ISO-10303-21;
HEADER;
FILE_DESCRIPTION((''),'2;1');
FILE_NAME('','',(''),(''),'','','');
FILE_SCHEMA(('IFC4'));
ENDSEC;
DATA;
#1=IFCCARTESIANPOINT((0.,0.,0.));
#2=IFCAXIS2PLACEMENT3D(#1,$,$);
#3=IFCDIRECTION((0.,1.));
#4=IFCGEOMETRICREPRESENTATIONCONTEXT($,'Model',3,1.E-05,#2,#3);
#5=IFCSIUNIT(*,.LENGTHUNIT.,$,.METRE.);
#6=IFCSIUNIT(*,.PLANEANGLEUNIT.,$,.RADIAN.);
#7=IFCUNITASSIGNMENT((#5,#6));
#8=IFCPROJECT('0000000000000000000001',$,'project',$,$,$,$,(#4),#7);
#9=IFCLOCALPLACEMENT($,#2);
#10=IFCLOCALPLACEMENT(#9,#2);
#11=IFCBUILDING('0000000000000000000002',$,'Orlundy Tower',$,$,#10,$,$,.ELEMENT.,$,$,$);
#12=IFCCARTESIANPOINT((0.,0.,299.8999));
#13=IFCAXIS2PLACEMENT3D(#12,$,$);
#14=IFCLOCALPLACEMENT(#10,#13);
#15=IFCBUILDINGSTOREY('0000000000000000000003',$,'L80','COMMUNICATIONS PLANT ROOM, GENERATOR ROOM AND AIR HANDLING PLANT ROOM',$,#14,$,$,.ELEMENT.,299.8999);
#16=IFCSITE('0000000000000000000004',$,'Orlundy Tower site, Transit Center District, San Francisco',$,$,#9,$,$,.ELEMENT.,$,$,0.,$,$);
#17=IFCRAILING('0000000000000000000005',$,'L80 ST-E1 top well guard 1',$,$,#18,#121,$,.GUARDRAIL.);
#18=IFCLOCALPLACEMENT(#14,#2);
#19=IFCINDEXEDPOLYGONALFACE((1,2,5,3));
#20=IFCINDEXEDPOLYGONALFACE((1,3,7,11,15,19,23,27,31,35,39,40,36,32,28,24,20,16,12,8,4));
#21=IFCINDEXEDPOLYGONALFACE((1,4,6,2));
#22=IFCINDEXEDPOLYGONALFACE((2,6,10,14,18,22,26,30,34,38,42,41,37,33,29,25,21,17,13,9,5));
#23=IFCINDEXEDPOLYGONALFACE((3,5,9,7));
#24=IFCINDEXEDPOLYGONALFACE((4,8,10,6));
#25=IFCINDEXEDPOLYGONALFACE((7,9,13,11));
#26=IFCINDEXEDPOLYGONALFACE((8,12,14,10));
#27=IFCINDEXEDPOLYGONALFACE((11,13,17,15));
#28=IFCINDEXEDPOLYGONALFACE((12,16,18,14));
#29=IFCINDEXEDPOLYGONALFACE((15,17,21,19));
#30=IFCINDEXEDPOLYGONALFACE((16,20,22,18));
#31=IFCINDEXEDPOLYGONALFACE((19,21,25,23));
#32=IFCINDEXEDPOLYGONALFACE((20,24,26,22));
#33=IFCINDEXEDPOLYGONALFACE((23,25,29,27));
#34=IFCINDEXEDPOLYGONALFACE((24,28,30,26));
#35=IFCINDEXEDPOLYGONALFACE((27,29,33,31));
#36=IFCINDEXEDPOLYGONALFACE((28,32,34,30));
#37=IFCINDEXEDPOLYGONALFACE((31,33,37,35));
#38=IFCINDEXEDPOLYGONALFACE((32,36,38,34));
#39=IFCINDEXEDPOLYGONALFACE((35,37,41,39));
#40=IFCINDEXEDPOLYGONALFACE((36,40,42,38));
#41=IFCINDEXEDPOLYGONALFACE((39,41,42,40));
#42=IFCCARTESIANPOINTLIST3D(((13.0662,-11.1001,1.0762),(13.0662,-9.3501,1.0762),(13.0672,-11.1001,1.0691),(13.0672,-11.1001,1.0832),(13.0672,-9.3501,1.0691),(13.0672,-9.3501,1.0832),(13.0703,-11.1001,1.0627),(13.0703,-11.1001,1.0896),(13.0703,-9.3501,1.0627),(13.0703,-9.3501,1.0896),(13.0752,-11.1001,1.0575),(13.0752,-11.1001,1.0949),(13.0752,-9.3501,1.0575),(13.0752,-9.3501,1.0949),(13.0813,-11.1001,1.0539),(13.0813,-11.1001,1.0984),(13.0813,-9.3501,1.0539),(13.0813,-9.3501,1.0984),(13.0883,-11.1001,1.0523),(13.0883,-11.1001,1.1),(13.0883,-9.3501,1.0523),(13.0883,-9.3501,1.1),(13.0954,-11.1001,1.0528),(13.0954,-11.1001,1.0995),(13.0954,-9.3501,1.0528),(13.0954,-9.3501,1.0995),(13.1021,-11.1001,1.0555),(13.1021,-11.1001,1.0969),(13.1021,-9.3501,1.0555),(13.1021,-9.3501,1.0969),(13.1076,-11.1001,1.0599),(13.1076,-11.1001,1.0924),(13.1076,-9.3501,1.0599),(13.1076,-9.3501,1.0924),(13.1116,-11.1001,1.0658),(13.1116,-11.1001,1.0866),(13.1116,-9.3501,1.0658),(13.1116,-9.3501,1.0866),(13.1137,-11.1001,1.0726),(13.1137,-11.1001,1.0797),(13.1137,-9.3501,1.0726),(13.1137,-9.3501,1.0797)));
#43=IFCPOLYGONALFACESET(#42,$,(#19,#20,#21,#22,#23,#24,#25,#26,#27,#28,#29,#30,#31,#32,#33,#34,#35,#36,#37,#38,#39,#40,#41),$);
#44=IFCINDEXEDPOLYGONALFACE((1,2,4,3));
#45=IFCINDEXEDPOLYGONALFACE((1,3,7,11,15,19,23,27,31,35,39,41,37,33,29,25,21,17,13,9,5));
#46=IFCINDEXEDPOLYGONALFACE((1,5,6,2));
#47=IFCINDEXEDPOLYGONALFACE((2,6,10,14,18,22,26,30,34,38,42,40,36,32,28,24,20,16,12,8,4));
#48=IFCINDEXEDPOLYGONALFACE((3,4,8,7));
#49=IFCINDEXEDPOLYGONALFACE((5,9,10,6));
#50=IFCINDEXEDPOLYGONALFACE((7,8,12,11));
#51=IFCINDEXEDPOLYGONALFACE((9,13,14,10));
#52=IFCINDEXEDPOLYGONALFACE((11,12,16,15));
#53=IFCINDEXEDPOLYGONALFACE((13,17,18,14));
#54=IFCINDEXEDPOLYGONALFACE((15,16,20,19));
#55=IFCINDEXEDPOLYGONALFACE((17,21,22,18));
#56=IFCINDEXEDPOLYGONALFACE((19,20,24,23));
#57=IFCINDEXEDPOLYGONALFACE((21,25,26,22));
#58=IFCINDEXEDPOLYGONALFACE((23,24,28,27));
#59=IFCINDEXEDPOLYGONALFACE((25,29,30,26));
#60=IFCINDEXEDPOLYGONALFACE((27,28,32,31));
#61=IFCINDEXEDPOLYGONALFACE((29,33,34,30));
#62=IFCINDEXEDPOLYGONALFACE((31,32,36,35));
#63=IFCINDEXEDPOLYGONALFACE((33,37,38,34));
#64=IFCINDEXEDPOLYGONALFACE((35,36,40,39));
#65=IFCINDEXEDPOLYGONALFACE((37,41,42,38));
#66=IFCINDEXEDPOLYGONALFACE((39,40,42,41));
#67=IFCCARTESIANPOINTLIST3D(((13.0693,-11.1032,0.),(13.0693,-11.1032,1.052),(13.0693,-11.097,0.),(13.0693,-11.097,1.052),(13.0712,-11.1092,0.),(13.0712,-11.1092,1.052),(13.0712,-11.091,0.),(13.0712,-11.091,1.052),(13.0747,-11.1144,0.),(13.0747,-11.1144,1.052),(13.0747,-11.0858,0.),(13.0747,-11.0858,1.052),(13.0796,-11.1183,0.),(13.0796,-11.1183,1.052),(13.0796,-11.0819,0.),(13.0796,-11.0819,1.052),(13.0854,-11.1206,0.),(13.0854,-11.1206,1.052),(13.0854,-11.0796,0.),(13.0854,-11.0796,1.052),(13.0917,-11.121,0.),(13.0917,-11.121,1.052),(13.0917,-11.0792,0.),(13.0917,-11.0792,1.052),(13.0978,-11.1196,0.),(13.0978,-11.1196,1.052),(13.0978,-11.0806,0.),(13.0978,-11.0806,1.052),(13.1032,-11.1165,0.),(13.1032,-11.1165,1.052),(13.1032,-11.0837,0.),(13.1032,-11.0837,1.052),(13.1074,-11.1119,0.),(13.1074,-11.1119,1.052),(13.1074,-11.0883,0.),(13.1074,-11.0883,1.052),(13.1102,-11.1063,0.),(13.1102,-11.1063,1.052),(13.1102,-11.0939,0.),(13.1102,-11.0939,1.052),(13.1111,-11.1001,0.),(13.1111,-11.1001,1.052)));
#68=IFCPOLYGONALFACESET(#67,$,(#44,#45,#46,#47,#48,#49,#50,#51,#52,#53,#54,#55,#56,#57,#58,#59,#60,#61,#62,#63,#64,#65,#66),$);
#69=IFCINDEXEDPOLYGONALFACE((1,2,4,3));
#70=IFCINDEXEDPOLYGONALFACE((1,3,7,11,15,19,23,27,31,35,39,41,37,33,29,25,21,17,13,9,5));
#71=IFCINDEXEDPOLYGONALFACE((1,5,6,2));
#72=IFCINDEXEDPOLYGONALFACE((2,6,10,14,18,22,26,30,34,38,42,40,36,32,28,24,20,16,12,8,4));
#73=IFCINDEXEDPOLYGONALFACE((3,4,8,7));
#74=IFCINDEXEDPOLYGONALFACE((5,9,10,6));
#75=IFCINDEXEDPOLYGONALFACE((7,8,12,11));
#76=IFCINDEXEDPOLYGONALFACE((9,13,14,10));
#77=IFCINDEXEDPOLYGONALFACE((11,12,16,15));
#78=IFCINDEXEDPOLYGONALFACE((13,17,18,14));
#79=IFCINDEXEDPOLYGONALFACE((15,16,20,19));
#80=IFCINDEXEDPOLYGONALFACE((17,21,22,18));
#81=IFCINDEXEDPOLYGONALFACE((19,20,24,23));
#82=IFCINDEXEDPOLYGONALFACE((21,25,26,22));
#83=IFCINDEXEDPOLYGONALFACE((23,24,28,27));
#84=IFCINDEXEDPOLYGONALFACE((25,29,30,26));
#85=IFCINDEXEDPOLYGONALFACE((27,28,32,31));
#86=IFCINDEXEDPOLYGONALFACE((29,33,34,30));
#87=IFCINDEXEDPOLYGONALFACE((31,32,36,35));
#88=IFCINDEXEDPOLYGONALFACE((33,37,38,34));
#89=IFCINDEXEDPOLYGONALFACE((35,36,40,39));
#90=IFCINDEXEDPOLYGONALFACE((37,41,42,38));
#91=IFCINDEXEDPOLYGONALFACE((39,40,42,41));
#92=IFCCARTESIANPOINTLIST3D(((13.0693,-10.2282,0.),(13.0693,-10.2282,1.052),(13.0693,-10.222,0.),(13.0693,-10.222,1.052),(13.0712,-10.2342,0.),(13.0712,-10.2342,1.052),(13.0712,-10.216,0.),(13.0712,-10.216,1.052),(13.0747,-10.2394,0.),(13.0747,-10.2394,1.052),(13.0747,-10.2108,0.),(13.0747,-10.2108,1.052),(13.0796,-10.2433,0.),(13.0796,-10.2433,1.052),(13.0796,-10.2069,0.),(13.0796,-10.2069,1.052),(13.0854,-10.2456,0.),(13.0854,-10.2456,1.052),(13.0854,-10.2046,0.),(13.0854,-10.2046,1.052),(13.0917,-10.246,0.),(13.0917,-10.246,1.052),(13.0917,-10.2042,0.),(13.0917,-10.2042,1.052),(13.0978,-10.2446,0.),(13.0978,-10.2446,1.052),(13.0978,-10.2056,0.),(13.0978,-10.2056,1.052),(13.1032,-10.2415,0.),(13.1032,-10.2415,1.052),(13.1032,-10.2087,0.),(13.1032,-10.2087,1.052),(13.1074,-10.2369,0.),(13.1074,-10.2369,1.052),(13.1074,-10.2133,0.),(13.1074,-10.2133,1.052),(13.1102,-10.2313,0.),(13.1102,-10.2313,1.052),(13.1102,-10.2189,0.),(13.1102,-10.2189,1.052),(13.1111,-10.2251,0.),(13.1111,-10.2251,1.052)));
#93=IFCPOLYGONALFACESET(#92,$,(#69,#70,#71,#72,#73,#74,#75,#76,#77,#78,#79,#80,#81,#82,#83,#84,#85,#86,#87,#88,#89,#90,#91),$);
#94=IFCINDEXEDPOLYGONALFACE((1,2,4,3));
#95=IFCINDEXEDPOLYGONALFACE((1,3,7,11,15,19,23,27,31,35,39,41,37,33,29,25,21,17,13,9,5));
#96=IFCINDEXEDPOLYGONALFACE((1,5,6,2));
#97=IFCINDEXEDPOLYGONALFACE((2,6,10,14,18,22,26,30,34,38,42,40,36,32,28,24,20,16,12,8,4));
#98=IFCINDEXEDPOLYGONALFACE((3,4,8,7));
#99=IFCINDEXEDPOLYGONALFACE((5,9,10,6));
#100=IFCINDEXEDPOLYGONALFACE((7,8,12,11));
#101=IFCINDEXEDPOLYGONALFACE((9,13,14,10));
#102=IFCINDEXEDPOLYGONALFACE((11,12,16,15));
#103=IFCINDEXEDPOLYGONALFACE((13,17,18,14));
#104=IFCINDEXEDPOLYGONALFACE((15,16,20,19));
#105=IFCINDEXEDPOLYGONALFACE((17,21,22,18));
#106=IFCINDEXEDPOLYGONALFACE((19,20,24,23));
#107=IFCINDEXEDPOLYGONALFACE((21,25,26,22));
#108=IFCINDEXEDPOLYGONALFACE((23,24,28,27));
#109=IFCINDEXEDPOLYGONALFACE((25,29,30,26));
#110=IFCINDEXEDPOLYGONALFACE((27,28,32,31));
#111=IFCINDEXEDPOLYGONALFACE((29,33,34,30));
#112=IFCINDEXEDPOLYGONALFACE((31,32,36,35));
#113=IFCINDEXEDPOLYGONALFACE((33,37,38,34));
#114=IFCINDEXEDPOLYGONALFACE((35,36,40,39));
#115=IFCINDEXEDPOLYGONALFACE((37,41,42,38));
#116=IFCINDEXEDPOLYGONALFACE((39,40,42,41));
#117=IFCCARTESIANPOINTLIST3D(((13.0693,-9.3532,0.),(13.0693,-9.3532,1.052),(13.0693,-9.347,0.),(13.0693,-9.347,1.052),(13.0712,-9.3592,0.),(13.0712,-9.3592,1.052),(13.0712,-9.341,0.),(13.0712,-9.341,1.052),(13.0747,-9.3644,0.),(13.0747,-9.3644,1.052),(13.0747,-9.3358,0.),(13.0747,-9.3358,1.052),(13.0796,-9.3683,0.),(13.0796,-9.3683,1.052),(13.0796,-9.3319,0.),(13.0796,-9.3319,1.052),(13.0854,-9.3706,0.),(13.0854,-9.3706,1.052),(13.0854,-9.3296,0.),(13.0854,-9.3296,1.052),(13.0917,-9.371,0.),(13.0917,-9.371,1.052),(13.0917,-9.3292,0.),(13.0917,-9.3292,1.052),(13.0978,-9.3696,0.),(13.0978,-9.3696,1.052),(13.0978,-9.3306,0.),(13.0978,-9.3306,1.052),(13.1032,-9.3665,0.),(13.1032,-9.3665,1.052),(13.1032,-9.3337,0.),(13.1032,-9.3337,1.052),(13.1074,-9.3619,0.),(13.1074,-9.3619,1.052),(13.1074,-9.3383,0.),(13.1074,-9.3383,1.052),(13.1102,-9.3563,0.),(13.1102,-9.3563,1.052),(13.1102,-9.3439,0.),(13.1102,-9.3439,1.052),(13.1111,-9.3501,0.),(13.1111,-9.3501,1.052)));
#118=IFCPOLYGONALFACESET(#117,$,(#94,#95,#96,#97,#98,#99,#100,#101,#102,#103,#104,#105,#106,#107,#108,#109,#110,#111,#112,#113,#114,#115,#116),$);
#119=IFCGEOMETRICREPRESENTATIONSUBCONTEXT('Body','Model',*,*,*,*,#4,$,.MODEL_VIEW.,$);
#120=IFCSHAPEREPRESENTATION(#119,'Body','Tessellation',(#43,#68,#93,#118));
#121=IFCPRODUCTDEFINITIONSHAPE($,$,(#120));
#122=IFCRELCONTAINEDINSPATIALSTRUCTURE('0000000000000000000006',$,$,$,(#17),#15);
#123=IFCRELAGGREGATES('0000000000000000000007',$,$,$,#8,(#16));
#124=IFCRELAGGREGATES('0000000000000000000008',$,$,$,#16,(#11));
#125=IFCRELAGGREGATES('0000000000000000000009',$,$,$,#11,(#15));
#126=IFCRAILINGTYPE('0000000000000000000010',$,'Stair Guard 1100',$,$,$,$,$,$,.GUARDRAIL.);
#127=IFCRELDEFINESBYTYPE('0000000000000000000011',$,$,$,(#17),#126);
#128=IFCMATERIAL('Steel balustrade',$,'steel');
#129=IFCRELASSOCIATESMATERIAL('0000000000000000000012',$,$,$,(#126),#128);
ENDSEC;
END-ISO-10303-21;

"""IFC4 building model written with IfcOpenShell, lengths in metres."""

from ifc_helpers import new_model, si_unit, direction, frame, origin, origin_2d, place, context, subcontext, project, spatial, circle, extrude, material, type_object, element, save


model = new_model("IFC4")

# Units and contexts
model_context = context("Model", 3, precision=1e-05, world=origin(), true_north=direction((0.0, 1.0)))
body_context = subcontext(model_context, "Body", "Model", "MODEL_VIEW")
ifc_project = project(units=[si_unit("LENGTHUNIT", "METRE"), si_unit("PLANEANGLEUNIT", "RADIAN")], contexts=[model_context])

# Site, building, storey
site_placement = place(None, origin())
site = spatial("IfcSite", under=ifc_project, at=site_placement, Name="Orlundy Tower site, Transit Center District, San Francisco", CompositionType="ELEMENT", RefElevation=0.0)
building_placement = place(site_placement, origin())
building = spatial("IfcBuilding", under=site, at=building_placement, Name="Orlundy Tower", CompositionType="ELEMENT")
storey_placement = place(building_placement, frame((0.0, 0.0, 299.8999)))
storey = spatial("IfcBuildingStorey", under=building, at=storey_placement, Name="L80", Description="COMMUNICATIONS PLANT ROOM, GENERATOR ROOM AND AIR HANDLING PLANT ROOM", CompositionType="ELEMENT", Elevation=299.8999)

# Railing
ifc_material_1 = material(Name="Steel balustrade", Category="steel")
railing_type = type_object("IfcRailingType", Name="Stair Guard 1100", PredefinedType="GUARDRAIL", material=ifc_material_1)
railing_placement = place(storey_placement, frame((13.0901, -11.1001, 0.0)))
element("IfcRailing", 1, at=railing_placement, inside=storey, type_object=railing_type, Name="L80 ST-E1 top well guard 1", PredefinedType="GUARDRAIL", context=body_context, shape_type="SweptSolid", body=[
    extrude(circle(Radius=0.0239, at=origin_2d()), frame((0.0, 0.0, 1.0762), z_axis=(0.0, 1.0, 0.0), x_axis=(-1.0, 0.0, 0.0)), (0.0, 0.0, 1.0), 1.75),
    extrude(circle(Radius=0.021, at=origin_2d()), origin(), (0.0, 0.0, 1.0), 1.052),
    extrude(circle(Radius=0.021, at=origin_2d()), frame((0.0, 0.875, 0.0)), (0.0, 0.0, 1.0), 1.052),
    extrude(circle(Radius=0.021, at=origin_2d()), frame((0.0, 1.75, 0.0)), (0.0, 0.0, 1.0), 1.052),
])

save(model, "model.ifc")
